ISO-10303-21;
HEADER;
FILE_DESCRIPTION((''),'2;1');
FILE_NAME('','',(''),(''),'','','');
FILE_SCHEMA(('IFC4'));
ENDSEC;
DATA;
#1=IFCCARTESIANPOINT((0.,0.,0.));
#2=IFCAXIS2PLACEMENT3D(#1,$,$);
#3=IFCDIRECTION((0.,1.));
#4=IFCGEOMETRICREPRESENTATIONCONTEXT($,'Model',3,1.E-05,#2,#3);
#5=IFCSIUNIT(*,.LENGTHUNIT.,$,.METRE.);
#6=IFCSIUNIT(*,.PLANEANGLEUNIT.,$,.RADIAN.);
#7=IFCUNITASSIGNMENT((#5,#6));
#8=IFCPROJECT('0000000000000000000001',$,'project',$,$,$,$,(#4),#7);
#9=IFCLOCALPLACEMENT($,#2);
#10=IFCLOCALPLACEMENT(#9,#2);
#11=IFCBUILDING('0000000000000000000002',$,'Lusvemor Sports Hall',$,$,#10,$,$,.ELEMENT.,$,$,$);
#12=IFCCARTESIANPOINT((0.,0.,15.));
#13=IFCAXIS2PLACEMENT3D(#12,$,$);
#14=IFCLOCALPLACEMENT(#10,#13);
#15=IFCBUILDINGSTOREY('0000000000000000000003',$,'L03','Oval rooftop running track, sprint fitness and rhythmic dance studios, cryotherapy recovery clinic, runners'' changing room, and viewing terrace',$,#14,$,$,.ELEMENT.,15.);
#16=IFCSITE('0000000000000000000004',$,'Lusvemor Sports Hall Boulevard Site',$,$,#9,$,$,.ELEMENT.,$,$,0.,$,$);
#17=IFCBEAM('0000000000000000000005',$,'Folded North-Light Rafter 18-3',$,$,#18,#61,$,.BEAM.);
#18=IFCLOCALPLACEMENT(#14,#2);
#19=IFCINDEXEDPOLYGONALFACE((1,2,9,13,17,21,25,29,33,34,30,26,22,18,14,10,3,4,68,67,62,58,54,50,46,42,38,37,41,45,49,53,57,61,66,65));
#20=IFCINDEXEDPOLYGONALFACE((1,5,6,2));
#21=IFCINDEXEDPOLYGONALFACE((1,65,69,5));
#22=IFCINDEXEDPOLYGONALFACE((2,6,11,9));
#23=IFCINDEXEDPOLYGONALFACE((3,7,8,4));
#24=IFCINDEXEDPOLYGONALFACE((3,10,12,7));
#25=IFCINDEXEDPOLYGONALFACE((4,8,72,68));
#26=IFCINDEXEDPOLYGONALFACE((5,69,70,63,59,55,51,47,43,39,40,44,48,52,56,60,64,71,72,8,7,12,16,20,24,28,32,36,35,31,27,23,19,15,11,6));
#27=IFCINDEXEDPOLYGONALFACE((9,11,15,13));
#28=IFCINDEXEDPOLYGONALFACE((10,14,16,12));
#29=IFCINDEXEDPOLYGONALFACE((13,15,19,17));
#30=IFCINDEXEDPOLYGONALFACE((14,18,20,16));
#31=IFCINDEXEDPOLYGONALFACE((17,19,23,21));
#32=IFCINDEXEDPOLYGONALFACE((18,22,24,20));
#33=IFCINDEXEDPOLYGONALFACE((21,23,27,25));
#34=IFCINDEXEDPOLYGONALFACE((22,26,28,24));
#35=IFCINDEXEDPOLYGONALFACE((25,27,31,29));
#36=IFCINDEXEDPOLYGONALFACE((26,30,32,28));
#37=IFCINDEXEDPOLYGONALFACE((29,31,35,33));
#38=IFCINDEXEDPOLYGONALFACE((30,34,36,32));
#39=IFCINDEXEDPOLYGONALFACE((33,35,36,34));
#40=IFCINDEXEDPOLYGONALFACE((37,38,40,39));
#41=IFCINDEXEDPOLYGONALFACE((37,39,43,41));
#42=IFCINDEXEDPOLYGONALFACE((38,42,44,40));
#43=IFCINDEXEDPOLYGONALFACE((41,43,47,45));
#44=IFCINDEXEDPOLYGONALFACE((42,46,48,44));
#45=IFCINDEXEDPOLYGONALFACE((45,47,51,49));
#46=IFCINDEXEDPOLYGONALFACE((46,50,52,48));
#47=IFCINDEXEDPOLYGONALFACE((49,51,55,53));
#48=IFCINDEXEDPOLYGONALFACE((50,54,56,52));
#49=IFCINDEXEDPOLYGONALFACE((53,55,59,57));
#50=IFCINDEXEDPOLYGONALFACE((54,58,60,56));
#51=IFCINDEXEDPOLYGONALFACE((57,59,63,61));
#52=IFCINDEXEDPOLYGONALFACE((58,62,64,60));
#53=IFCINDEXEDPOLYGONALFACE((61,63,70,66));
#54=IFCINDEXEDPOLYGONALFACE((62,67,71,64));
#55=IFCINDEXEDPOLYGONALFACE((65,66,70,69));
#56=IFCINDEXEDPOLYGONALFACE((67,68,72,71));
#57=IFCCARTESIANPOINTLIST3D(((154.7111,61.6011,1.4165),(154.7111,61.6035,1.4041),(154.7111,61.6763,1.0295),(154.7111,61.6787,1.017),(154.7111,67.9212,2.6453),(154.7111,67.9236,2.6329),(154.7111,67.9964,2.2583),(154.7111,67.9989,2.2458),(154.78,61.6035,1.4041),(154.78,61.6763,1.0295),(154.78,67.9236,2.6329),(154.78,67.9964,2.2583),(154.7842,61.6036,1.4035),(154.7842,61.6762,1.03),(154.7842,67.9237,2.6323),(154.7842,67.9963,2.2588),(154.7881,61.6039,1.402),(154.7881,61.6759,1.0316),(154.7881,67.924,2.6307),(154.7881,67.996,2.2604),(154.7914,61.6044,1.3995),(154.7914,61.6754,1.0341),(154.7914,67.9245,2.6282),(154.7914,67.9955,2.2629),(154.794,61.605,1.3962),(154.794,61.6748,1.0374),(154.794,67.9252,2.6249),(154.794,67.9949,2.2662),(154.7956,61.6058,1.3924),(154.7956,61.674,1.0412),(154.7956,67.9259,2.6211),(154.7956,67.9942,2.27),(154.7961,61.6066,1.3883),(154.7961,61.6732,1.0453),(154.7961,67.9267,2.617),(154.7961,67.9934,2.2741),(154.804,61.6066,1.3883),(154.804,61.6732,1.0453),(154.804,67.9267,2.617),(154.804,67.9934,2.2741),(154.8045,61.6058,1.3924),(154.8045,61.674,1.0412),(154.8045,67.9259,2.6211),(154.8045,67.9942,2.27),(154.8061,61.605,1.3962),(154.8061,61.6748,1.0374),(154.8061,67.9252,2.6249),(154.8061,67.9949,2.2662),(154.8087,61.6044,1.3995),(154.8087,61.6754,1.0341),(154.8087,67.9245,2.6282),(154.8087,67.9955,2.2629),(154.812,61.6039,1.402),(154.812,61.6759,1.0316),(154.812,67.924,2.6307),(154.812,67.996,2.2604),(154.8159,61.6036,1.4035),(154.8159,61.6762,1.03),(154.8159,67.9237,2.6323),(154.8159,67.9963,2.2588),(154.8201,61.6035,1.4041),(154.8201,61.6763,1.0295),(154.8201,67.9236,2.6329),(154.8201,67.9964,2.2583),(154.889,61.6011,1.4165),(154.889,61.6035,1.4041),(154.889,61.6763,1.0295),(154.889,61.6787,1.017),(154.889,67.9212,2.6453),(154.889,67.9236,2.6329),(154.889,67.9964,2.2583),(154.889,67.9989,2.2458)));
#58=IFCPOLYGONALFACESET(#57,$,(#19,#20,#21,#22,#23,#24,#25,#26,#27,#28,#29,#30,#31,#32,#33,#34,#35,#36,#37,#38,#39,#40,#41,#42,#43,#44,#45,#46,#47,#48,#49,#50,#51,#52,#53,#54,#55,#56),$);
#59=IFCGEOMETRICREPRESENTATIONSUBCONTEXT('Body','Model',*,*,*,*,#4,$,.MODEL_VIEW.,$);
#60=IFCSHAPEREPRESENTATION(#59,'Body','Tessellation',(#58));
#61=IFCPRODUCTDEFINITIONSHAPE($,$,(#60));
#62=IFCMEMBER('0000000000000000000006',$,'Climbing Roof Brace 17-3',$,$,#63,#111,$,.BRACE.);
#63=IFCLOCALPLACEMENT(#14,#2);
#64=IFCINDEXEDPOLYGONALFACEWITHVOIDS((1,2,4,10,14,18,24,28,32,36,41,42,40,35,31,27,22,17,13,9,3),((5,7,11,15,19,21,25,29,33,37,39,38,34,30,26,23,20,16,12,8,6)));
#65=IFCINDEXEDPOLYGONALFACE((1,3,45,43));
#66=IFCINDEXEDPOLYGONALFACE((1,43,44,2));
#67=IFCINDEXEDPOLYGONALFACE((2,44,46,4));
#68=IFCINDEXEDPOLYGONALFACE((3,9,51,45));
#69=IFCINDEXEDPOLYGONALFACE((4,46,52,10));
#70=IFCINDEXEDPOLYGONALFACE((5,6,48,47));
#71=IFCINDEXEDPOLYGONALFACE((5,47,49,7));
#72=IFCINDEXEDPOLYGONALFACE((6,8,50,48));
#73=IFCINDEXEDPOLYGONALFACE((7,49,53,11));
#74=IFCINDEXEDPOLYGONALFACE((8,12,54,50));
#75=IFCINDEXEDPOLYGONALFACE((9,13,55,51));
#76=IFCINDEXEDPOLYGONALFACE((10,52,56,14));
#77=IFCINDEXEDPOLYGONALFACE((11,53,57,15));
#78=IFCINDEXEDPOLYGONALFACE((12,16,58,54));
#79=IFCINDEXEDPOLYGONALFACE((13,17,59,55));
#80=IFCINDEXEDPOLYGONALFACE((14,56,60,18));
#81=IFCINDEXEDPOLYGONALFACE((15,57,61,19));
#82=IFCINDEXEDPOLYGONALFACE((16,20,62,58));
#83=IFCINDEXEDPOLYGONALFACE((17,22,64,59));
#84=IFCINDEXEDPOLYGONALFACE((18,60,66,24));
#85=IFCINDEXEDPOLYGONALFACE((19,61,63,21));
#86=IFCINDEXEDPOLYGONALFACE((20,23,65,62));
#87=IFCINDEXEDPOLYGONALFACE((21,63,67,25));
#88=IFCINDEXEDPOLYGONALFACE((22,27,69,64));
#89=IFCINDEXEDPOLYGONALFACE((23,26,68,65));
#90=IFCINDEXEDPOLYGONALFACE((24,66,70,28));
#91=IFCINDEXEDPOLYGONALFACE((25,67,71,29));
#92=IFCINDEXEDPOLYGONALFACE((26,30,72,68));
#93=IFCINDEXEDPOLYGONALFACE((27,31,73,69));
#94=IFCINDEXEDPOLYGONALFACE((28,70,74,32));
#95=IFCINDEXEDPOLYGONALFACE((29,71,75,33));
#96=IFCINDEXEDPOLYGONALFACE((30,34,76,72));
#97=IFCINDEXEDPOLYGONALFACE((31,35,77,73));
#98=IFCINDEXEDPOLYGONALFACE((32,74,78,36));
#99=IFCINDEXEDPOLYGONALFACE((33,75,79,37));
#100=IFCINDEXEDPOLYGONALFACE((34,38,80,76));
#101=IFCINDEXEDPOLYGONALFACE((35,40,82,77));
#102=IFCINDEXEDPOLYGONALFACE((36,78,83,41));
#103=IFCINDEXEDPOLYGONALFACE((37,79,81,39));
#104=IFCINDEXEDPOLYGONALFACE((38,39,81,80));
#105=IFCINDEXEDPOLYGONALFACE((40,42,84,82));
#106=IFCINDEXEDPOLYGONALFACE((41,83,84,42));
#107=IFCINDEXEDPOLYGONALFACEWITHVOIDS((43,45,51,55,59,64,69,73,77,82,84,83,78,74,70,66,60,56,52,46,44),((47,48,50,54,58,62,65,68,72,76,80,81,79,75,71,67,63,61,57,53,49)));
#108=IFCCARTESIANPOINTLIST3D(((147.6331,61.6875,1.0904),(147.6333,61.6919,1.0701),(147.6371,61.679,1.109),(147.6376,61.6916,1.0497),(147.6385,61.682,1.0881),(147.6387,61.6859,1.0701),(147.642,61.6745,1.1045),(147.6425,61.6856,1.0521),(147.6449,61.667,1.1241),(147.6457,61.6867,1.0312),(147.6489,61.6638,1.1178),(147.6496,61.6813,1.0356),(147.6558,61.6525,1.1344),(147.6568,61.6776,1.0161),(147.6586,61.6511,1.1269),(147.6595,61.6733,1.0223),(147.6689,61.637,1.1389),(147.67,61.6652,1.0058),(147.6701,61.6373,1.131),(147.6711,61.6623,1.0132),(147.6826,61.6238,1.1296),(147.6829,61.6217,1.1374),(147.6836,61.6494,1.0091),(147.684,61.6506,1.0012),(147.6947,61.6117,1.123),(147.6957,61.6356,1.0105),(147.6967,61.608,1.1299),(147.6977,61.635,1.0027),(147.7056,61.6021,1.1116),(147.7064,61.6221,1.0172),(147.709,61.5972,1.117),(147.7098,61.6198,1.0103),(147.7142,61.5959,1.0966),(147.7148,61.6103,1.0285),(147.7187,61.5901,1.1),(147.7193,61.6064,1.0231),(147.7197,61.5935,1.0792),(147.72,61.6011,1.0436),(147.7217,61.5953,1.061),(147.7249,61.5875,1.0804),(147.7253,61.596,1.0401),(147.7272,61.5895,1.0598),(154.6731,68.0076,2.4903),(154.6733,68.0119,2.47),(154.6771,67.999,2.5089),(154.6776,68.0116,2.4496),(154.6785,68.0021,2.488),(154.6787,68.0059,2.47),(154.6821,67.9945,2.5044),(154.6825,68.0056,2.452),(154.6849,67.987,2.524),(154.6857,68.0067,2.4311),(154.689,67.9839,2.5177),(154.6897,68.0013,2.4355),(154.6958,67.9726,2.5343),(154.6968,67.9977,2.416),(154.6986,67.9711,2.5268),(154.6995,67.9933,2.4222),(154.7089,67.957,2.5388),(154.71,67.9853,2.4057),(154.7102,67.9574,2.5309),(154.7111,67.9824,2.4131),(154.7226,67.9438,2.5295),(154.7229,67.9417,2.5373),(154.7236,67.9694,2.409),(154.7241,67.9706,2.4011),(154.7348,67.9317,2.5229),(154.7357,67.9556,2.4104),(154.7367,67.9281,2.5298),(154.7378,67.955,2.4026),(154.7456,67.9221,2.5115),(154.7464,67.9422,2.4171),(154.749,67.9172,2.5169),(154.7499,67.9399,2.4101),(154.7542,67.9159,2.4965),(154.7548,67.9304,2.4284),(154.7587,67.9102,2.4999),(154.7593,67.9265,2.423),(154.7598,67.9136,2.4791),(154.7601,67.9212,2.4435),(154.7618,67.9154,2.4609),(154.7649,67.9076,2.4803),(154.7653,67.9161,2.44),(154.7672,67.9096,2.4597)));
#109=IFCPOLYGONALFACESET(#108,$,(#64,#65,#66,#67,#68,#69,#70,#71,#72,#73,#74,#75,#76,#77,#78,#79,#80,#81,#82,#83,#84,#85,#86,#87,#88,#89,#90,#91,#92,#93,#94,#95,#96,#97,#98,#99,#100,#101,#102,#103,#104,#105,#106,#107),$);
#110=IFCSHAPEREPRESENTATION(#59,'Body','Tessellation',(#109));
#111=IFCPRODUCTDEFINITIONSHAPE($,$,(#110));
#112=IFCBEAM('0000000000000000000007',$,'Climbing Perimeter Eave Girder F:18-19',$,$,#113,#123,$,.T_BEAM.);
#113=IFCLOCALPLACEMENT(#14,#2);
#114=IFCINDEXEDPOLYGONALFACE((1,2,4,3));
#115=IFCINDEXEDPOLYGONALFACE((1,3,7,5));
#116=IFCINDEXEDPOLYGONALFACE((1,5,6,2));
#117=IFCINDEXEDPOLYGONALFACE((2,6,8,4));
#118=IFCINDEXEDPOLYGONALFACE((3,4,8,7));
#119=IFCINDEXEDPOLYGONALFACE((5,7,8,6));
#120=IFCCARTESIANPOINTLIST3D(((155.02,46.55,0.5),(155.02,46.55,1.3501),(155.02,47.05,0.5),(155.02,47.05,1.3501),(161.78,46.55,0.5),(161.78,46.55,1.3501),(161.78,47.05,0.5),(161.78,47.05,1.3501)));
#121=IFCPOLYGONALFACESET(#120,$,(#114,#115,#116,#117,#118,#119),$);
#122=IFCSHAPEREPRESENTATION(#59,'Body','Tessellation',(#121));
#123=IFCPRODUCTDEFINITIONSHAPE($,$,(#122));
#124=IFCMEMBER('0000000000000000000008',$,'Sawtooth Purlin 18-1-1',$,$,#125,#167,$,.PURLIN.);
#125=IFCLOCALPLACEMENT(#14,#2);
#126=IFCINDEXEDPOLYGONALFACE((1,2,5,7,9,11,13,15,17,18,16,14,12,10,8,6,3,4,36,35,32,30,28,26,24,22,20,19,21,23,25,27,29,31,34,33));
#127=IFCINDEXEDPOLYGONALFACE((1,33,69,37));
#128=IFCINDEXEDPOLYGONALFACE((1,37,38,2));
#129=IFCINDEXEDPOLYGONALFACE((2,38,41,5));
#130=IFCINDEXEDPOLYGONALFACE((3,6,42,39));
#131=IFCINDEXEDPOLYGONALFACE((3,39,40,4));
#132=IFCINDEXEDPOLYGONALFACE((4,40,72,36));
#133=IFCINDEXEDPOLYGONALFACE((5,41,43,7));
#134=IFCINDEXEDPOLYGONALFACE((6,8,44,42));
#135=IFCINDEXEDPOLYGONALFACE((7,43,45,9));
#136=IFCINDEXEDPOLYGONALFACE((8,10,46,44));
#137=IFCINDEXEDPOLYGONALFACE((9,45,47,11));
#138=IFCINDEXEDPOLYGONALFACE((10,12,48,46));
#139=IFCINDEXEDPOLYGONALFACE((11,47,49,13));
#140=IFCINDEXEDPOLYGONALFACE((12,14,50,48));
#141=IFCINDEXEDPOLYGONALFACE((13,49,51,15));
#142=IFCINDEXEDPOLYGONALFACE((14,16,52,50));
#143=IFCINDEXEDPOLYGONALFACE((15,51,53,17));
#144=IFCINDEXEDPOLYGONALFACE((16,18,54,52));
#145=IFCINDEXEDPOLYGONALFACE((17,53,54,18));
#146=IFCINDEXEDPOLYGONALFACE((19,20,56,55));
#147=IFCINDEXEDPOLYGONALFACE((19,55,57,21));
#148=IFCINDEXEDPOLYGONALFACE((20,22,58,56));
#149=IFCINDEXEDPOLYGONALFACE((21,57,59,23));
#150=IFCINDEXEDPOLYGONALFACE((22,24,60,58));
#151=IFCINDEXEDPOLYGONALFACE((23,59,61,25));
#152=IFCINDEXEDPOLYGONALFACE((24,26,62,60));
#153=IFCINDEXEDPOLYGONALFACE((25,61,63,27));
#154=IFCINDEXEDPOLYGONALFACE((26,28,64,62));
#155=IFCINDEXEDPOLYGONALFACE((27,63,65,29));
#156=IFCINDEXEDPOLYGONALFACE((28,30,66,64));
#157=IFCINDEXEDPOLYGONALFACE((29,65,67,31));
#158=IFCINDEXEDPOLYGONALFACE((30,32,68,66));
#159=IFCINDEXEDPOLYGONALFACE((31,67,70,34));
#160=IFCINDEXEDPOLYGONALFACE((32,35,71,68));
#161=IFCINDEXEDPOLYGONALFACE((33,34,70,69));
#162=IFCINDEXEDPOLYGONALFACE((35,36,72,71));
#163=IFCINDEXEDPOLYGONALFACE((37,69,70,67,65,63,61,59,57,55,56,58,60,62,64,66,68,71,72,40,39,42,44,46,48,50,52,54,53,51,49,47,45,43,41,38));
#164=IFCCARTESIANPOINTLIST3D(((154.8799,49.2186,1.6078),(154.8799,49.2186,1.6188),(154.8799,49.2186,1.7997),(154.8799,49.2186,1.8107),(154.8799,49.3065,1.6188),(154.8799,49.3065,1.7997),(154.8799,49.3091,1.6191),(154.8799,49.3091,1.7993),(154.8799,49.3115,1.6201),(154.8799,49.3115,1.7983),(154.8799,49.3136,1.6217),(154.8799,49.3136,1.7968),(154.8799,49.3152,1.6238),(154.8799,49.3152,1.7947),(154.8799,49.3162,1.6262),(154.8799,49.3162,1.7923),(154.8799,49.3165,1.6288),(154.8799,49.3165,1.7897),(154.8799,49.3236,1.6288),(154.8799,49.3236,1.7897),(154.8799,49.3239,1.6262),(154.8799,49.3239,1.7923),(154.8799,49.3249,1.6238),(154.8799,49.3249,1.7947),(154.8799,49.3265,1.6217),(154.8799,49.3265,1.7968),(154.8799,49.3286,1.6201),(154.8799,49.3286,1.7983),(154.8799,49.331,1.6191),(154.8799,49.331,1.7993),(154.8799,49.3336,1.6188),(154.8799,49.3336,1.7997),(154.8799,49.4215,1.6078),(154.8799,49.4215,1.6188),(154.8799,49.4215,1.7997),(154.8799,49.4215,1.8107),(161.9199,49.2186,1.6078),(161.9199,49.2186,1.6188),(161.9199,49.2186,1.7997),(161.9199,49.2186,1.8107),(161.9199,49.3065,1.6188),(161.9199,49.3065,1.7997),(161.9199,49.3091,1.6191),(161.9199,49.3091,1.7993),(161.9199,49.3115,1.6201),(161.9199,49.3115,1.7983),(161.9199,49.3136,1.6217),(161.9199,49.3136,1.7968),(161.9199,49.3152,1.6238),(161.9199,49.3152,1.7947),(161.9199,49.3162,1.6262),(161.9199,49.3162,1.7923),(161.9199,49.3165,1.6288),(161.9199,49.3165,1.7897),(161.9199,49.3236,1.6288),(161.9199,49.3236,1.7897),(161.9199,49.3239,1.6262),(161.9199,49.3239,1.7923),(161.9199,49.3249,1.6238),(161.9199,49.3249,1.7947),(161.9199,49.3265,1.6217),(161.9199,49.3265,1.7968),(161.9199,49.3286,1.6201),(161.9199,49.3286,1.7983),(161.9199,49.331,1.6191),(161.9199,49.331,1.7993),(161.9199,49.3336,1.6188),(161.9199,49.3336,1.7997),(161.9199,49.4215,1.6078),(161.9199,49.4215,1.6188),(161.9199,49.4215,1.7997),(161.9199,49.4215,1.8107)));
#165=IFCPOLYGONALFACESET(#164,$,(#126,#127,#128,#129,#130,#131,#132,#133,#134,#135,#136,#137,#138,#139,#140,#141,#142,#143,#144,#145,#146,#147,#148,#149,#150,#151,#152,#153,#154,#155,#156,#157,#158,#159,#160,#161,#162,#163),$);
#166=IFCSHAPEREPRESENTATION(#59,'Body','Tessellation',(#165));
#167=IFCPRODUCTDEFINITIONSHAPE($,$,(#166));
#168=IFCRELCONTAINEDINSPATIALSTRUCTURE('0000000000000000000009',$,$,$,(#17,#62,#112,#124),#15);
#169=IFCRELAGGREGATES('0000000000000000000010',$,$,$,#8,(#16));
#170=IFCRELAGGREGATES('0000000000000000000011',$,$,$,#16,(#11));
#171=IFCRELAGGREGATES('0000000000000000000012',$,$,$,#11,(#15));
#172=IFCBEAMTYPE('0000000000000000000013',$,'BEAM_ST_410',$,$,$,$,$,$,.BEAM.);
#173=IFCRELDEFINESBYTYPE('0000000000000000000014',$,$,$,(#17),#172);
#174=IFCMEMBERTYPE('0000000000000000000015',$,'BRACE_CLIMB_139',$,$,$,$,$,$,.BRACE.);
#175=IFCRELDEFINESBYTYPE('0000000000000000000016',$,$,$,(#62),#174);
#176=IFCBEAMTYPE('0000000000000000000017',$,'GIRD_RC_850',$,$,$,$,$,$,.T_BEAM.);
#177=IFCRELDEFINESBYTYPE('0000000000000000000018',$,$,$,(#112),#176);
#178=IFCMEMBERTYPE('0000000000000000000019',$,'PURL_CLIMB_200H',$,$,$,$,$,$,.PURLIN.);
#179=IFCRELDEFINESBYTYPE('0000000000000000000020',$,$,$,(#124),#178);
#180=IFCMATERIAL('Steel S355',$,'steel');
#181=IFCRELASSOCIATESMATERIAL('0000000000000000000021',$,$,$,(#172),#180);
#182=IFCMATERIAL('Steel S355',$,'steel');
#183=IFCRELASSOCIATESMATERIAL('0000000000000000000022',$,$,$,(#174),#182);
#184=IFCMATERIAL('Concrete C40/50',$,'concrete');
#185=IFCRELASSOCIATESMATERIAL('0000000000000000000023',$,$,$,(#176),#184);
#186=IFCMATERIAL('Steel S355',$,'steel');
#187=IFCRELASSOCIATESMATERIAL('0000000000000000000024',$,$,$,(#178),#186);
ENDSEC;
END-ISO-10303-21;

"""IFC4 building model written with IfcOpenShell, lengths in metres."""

from ifc_helpers import new_model, si_unit, direction, frame, origin, origin_2d, place, context, subcontext, project, spatial, rectangle, hollow_circle, i_section, extrude, material, material_profile, profile_set, type_object, element, save


model = new_model("IFC4")

# Units and contexts
model_context = context("Model", 3, precision=1e-05, world=origin(), true_north=direction((0.0, 1.0)))
body_context = subcontext(model_context, "Body", "Model", "MODEL_VIEW")
ifc_project = project(units=[si_unit("LENGTHUNIT", "METRE"), si_unit("PLANEANGLEUNIT", "RADIAN")], contexts=[model_context])

# Site, building, storey
site_placement = place(None, origin())
site = spatial("IfcSite", under=ifc_project, at=site_placement, Name="Lusvemor Sports Hall Boulevard Site", CompositionType="ELEMENT", RefElevation=0.0)
building_placement = place(site_placement, origin())
building = spatial("IfcBuilding", under=site, at=building_placement, Name="Lusvemor Sports Hall", CompositionType="ELEMENT")
storey_placement = place(building_placement, frame((0.0, 0.0, 15.0)))
storey = spatial("IfcBuildingStorey", under=building, at=storey_placement, Name="L03", Description="Oval rooftop running track, sprint fitness and rhythmic dance studios, cryotherapy recovery clinic, runners' changing room, and viewing terrace", CompositionType="ELEMENT", Elevation=15.0)

# Beam
ifc_material_1 = material(Name="Steel S355", Category="steel")
ifc_material_profile_1 = material_profile(ifc_material_1, i_section(OverallWidth=0.178, OverallDepth=0.407, WebThickness=0.0078, FlangeThickness=0.0127, FilletRadius=0.0161, at=origin_2d()), Name="W410x60.0")
ifc_profile_set_1 = profile_set([ifc_material_profile_1], Name="Steel S355")
beam_type_1 = type_object("IfcBeamType", Name="BEAM_ST_410", PredefinedType="BEAM", material=ifc_profile_set_1)
for number, where, z_axis, x_axis, name in (
    (1, (154.8, 61.6399, 1.2168), (0.0, 0.98162, 0.190848), (-1.0, 0.0, 0.0), "Folded North-Light Rafter 18-3"),
):
    element("IfcBeam", number, at=place(storey_placement, frame(where, z_axis=z_axis, x_axis=x_axis)), inside=storey, type_object=beam_type_1, Name=name, PredefinedType="BEAM", context=body_context, shape_type="SweptSolid", body=[
        extrude(i_section(OverallWidth=0.178, OverallDepth=0.407, WebThickness=0.0078, FlangeThickness=0.0127, FilletRadius=0.0161, at=origin_2d()), origin(), (0.0, 0.0, 1.0), 6.4385),
    ])

# Member
ifc_material_2 = material(Name="Steel S355", Category="steel")
ifc_material_profile_2 = material_profile(ifc_material_2, hollow_circle(Radius=0.0698, WallThickness=0.0081, at=origin_2d()), Name="CHS139.7x8.0")
ifc_profile_set_2 = profile_set([ifc_material_profile_2], Name="Steel S355")
member_type_1 = type_object("IfcMemberType", Name="BRACE_CLIMB_139", PredefinedType="BRACE", material=ifc_profile_set_2)
member_placement = place(storey_placement, frame((147.6799, 61.6399, 1.0701), z_axis=(0.736118, 0.660836, 0.146376), x_axis=(-0.668032, 0.744133, 0.0)))
element("IfcMember", 2, at=member_placement, inside=storey, type_object=member_type_1, Name="Climbing Roof Brace 17-3", PredefinedType="BRACE", context=body_context, shape_type="SweptSolid", body=[
    extrude(hollow_circle(Radius=0.0698, WallThickness=0.0081, at=origin_2d()), origin(), (0.0, 0.0, 1.0), 9.5637),
])

# Beam
ifc_material_3 = material(Name="Concrete C40/50", Category="concrete")
ifc_material_profile_3 = material_profile(ifc_material_3, rectangle(XDim=0.5, YDim=0.8501, at=origin_2d()), Name="RC500x850")
ifc_profile_set_3 = profile_set([ifc_material_profile_3], Name="Concrete C40/50")
beam_type_2 = type_object("IfcBeamType", Name="GIRD_RC_850", PredefinedType="T_BEAM", material=ifc_profile_set_3)
beam_placement = place(storey_placement, frame((155.02, 46.8, 0.925), z_axis=(1.0, 0.0, 0.0), x_axis=(0.0, 1.0, 0.0)))
element("IfcBeam", 3, at=beam_placement, inside=storey, type_object=beam_type_2, Name="Climbing Perimeter Eave Girder F:18-19", PredefinedType="T_BEAM", context=body_context, shape_type="SweptSolid", body=[
    extrude(rectangle(XDim=0.5, YDim=0.8501, at=origin_2d()), origin(), (0.0, 0.0, 1.0), 6.76),
])

# Member
ifc_material_4 = material(Name="Steel S355", Category="steel")
ifc_material_profile_4 = material_profile(ifc_material_4, i_section(OverallWidth=0.2029, OverallDepth=0.2029, WebThickness=0.0071, FlangeThickness=0.011, FilletRadius=0.01, at=origin_2d()), Name="W200x46.1")
ifc_profile_set_4 = profile_set([ifc_material_profile_4], Name="Steel S355")
member_type_2 = type_object("IfcMemberType", Name="PURL_CLIMB_200H", PredefinedType="PURLIN", material=ifc_profile_set_4)
for number, where, z_axis, x_axis, name in (
    (4, (154.8799, 49.3201, 1.7092), (1.0, 0.0, 0.0), (0.0, 1.0, 0.0), "Sawtooth Purlin 18-1-1"),
):
    element("IfcMember", number, at=place(storey_placement, frame(where, z_axis=z_axis, x_axis=x_axis)), inside=storey, type_object=member_type_2, Name=name, PredefinedType="PURLIN", context=body_context, shape_type="SweptSolid", body=[
        extrude(i_section(OverallWidth=0.2029, OverallDepth=0.2029, WebThickness=0.0071, FlangeThickness=0.011, FilletRadius=0.01, at=origin_2d()), origin(), (0.0, 0.0, 1.0), 7.04),
    ])

save(model, "model.ifc")
